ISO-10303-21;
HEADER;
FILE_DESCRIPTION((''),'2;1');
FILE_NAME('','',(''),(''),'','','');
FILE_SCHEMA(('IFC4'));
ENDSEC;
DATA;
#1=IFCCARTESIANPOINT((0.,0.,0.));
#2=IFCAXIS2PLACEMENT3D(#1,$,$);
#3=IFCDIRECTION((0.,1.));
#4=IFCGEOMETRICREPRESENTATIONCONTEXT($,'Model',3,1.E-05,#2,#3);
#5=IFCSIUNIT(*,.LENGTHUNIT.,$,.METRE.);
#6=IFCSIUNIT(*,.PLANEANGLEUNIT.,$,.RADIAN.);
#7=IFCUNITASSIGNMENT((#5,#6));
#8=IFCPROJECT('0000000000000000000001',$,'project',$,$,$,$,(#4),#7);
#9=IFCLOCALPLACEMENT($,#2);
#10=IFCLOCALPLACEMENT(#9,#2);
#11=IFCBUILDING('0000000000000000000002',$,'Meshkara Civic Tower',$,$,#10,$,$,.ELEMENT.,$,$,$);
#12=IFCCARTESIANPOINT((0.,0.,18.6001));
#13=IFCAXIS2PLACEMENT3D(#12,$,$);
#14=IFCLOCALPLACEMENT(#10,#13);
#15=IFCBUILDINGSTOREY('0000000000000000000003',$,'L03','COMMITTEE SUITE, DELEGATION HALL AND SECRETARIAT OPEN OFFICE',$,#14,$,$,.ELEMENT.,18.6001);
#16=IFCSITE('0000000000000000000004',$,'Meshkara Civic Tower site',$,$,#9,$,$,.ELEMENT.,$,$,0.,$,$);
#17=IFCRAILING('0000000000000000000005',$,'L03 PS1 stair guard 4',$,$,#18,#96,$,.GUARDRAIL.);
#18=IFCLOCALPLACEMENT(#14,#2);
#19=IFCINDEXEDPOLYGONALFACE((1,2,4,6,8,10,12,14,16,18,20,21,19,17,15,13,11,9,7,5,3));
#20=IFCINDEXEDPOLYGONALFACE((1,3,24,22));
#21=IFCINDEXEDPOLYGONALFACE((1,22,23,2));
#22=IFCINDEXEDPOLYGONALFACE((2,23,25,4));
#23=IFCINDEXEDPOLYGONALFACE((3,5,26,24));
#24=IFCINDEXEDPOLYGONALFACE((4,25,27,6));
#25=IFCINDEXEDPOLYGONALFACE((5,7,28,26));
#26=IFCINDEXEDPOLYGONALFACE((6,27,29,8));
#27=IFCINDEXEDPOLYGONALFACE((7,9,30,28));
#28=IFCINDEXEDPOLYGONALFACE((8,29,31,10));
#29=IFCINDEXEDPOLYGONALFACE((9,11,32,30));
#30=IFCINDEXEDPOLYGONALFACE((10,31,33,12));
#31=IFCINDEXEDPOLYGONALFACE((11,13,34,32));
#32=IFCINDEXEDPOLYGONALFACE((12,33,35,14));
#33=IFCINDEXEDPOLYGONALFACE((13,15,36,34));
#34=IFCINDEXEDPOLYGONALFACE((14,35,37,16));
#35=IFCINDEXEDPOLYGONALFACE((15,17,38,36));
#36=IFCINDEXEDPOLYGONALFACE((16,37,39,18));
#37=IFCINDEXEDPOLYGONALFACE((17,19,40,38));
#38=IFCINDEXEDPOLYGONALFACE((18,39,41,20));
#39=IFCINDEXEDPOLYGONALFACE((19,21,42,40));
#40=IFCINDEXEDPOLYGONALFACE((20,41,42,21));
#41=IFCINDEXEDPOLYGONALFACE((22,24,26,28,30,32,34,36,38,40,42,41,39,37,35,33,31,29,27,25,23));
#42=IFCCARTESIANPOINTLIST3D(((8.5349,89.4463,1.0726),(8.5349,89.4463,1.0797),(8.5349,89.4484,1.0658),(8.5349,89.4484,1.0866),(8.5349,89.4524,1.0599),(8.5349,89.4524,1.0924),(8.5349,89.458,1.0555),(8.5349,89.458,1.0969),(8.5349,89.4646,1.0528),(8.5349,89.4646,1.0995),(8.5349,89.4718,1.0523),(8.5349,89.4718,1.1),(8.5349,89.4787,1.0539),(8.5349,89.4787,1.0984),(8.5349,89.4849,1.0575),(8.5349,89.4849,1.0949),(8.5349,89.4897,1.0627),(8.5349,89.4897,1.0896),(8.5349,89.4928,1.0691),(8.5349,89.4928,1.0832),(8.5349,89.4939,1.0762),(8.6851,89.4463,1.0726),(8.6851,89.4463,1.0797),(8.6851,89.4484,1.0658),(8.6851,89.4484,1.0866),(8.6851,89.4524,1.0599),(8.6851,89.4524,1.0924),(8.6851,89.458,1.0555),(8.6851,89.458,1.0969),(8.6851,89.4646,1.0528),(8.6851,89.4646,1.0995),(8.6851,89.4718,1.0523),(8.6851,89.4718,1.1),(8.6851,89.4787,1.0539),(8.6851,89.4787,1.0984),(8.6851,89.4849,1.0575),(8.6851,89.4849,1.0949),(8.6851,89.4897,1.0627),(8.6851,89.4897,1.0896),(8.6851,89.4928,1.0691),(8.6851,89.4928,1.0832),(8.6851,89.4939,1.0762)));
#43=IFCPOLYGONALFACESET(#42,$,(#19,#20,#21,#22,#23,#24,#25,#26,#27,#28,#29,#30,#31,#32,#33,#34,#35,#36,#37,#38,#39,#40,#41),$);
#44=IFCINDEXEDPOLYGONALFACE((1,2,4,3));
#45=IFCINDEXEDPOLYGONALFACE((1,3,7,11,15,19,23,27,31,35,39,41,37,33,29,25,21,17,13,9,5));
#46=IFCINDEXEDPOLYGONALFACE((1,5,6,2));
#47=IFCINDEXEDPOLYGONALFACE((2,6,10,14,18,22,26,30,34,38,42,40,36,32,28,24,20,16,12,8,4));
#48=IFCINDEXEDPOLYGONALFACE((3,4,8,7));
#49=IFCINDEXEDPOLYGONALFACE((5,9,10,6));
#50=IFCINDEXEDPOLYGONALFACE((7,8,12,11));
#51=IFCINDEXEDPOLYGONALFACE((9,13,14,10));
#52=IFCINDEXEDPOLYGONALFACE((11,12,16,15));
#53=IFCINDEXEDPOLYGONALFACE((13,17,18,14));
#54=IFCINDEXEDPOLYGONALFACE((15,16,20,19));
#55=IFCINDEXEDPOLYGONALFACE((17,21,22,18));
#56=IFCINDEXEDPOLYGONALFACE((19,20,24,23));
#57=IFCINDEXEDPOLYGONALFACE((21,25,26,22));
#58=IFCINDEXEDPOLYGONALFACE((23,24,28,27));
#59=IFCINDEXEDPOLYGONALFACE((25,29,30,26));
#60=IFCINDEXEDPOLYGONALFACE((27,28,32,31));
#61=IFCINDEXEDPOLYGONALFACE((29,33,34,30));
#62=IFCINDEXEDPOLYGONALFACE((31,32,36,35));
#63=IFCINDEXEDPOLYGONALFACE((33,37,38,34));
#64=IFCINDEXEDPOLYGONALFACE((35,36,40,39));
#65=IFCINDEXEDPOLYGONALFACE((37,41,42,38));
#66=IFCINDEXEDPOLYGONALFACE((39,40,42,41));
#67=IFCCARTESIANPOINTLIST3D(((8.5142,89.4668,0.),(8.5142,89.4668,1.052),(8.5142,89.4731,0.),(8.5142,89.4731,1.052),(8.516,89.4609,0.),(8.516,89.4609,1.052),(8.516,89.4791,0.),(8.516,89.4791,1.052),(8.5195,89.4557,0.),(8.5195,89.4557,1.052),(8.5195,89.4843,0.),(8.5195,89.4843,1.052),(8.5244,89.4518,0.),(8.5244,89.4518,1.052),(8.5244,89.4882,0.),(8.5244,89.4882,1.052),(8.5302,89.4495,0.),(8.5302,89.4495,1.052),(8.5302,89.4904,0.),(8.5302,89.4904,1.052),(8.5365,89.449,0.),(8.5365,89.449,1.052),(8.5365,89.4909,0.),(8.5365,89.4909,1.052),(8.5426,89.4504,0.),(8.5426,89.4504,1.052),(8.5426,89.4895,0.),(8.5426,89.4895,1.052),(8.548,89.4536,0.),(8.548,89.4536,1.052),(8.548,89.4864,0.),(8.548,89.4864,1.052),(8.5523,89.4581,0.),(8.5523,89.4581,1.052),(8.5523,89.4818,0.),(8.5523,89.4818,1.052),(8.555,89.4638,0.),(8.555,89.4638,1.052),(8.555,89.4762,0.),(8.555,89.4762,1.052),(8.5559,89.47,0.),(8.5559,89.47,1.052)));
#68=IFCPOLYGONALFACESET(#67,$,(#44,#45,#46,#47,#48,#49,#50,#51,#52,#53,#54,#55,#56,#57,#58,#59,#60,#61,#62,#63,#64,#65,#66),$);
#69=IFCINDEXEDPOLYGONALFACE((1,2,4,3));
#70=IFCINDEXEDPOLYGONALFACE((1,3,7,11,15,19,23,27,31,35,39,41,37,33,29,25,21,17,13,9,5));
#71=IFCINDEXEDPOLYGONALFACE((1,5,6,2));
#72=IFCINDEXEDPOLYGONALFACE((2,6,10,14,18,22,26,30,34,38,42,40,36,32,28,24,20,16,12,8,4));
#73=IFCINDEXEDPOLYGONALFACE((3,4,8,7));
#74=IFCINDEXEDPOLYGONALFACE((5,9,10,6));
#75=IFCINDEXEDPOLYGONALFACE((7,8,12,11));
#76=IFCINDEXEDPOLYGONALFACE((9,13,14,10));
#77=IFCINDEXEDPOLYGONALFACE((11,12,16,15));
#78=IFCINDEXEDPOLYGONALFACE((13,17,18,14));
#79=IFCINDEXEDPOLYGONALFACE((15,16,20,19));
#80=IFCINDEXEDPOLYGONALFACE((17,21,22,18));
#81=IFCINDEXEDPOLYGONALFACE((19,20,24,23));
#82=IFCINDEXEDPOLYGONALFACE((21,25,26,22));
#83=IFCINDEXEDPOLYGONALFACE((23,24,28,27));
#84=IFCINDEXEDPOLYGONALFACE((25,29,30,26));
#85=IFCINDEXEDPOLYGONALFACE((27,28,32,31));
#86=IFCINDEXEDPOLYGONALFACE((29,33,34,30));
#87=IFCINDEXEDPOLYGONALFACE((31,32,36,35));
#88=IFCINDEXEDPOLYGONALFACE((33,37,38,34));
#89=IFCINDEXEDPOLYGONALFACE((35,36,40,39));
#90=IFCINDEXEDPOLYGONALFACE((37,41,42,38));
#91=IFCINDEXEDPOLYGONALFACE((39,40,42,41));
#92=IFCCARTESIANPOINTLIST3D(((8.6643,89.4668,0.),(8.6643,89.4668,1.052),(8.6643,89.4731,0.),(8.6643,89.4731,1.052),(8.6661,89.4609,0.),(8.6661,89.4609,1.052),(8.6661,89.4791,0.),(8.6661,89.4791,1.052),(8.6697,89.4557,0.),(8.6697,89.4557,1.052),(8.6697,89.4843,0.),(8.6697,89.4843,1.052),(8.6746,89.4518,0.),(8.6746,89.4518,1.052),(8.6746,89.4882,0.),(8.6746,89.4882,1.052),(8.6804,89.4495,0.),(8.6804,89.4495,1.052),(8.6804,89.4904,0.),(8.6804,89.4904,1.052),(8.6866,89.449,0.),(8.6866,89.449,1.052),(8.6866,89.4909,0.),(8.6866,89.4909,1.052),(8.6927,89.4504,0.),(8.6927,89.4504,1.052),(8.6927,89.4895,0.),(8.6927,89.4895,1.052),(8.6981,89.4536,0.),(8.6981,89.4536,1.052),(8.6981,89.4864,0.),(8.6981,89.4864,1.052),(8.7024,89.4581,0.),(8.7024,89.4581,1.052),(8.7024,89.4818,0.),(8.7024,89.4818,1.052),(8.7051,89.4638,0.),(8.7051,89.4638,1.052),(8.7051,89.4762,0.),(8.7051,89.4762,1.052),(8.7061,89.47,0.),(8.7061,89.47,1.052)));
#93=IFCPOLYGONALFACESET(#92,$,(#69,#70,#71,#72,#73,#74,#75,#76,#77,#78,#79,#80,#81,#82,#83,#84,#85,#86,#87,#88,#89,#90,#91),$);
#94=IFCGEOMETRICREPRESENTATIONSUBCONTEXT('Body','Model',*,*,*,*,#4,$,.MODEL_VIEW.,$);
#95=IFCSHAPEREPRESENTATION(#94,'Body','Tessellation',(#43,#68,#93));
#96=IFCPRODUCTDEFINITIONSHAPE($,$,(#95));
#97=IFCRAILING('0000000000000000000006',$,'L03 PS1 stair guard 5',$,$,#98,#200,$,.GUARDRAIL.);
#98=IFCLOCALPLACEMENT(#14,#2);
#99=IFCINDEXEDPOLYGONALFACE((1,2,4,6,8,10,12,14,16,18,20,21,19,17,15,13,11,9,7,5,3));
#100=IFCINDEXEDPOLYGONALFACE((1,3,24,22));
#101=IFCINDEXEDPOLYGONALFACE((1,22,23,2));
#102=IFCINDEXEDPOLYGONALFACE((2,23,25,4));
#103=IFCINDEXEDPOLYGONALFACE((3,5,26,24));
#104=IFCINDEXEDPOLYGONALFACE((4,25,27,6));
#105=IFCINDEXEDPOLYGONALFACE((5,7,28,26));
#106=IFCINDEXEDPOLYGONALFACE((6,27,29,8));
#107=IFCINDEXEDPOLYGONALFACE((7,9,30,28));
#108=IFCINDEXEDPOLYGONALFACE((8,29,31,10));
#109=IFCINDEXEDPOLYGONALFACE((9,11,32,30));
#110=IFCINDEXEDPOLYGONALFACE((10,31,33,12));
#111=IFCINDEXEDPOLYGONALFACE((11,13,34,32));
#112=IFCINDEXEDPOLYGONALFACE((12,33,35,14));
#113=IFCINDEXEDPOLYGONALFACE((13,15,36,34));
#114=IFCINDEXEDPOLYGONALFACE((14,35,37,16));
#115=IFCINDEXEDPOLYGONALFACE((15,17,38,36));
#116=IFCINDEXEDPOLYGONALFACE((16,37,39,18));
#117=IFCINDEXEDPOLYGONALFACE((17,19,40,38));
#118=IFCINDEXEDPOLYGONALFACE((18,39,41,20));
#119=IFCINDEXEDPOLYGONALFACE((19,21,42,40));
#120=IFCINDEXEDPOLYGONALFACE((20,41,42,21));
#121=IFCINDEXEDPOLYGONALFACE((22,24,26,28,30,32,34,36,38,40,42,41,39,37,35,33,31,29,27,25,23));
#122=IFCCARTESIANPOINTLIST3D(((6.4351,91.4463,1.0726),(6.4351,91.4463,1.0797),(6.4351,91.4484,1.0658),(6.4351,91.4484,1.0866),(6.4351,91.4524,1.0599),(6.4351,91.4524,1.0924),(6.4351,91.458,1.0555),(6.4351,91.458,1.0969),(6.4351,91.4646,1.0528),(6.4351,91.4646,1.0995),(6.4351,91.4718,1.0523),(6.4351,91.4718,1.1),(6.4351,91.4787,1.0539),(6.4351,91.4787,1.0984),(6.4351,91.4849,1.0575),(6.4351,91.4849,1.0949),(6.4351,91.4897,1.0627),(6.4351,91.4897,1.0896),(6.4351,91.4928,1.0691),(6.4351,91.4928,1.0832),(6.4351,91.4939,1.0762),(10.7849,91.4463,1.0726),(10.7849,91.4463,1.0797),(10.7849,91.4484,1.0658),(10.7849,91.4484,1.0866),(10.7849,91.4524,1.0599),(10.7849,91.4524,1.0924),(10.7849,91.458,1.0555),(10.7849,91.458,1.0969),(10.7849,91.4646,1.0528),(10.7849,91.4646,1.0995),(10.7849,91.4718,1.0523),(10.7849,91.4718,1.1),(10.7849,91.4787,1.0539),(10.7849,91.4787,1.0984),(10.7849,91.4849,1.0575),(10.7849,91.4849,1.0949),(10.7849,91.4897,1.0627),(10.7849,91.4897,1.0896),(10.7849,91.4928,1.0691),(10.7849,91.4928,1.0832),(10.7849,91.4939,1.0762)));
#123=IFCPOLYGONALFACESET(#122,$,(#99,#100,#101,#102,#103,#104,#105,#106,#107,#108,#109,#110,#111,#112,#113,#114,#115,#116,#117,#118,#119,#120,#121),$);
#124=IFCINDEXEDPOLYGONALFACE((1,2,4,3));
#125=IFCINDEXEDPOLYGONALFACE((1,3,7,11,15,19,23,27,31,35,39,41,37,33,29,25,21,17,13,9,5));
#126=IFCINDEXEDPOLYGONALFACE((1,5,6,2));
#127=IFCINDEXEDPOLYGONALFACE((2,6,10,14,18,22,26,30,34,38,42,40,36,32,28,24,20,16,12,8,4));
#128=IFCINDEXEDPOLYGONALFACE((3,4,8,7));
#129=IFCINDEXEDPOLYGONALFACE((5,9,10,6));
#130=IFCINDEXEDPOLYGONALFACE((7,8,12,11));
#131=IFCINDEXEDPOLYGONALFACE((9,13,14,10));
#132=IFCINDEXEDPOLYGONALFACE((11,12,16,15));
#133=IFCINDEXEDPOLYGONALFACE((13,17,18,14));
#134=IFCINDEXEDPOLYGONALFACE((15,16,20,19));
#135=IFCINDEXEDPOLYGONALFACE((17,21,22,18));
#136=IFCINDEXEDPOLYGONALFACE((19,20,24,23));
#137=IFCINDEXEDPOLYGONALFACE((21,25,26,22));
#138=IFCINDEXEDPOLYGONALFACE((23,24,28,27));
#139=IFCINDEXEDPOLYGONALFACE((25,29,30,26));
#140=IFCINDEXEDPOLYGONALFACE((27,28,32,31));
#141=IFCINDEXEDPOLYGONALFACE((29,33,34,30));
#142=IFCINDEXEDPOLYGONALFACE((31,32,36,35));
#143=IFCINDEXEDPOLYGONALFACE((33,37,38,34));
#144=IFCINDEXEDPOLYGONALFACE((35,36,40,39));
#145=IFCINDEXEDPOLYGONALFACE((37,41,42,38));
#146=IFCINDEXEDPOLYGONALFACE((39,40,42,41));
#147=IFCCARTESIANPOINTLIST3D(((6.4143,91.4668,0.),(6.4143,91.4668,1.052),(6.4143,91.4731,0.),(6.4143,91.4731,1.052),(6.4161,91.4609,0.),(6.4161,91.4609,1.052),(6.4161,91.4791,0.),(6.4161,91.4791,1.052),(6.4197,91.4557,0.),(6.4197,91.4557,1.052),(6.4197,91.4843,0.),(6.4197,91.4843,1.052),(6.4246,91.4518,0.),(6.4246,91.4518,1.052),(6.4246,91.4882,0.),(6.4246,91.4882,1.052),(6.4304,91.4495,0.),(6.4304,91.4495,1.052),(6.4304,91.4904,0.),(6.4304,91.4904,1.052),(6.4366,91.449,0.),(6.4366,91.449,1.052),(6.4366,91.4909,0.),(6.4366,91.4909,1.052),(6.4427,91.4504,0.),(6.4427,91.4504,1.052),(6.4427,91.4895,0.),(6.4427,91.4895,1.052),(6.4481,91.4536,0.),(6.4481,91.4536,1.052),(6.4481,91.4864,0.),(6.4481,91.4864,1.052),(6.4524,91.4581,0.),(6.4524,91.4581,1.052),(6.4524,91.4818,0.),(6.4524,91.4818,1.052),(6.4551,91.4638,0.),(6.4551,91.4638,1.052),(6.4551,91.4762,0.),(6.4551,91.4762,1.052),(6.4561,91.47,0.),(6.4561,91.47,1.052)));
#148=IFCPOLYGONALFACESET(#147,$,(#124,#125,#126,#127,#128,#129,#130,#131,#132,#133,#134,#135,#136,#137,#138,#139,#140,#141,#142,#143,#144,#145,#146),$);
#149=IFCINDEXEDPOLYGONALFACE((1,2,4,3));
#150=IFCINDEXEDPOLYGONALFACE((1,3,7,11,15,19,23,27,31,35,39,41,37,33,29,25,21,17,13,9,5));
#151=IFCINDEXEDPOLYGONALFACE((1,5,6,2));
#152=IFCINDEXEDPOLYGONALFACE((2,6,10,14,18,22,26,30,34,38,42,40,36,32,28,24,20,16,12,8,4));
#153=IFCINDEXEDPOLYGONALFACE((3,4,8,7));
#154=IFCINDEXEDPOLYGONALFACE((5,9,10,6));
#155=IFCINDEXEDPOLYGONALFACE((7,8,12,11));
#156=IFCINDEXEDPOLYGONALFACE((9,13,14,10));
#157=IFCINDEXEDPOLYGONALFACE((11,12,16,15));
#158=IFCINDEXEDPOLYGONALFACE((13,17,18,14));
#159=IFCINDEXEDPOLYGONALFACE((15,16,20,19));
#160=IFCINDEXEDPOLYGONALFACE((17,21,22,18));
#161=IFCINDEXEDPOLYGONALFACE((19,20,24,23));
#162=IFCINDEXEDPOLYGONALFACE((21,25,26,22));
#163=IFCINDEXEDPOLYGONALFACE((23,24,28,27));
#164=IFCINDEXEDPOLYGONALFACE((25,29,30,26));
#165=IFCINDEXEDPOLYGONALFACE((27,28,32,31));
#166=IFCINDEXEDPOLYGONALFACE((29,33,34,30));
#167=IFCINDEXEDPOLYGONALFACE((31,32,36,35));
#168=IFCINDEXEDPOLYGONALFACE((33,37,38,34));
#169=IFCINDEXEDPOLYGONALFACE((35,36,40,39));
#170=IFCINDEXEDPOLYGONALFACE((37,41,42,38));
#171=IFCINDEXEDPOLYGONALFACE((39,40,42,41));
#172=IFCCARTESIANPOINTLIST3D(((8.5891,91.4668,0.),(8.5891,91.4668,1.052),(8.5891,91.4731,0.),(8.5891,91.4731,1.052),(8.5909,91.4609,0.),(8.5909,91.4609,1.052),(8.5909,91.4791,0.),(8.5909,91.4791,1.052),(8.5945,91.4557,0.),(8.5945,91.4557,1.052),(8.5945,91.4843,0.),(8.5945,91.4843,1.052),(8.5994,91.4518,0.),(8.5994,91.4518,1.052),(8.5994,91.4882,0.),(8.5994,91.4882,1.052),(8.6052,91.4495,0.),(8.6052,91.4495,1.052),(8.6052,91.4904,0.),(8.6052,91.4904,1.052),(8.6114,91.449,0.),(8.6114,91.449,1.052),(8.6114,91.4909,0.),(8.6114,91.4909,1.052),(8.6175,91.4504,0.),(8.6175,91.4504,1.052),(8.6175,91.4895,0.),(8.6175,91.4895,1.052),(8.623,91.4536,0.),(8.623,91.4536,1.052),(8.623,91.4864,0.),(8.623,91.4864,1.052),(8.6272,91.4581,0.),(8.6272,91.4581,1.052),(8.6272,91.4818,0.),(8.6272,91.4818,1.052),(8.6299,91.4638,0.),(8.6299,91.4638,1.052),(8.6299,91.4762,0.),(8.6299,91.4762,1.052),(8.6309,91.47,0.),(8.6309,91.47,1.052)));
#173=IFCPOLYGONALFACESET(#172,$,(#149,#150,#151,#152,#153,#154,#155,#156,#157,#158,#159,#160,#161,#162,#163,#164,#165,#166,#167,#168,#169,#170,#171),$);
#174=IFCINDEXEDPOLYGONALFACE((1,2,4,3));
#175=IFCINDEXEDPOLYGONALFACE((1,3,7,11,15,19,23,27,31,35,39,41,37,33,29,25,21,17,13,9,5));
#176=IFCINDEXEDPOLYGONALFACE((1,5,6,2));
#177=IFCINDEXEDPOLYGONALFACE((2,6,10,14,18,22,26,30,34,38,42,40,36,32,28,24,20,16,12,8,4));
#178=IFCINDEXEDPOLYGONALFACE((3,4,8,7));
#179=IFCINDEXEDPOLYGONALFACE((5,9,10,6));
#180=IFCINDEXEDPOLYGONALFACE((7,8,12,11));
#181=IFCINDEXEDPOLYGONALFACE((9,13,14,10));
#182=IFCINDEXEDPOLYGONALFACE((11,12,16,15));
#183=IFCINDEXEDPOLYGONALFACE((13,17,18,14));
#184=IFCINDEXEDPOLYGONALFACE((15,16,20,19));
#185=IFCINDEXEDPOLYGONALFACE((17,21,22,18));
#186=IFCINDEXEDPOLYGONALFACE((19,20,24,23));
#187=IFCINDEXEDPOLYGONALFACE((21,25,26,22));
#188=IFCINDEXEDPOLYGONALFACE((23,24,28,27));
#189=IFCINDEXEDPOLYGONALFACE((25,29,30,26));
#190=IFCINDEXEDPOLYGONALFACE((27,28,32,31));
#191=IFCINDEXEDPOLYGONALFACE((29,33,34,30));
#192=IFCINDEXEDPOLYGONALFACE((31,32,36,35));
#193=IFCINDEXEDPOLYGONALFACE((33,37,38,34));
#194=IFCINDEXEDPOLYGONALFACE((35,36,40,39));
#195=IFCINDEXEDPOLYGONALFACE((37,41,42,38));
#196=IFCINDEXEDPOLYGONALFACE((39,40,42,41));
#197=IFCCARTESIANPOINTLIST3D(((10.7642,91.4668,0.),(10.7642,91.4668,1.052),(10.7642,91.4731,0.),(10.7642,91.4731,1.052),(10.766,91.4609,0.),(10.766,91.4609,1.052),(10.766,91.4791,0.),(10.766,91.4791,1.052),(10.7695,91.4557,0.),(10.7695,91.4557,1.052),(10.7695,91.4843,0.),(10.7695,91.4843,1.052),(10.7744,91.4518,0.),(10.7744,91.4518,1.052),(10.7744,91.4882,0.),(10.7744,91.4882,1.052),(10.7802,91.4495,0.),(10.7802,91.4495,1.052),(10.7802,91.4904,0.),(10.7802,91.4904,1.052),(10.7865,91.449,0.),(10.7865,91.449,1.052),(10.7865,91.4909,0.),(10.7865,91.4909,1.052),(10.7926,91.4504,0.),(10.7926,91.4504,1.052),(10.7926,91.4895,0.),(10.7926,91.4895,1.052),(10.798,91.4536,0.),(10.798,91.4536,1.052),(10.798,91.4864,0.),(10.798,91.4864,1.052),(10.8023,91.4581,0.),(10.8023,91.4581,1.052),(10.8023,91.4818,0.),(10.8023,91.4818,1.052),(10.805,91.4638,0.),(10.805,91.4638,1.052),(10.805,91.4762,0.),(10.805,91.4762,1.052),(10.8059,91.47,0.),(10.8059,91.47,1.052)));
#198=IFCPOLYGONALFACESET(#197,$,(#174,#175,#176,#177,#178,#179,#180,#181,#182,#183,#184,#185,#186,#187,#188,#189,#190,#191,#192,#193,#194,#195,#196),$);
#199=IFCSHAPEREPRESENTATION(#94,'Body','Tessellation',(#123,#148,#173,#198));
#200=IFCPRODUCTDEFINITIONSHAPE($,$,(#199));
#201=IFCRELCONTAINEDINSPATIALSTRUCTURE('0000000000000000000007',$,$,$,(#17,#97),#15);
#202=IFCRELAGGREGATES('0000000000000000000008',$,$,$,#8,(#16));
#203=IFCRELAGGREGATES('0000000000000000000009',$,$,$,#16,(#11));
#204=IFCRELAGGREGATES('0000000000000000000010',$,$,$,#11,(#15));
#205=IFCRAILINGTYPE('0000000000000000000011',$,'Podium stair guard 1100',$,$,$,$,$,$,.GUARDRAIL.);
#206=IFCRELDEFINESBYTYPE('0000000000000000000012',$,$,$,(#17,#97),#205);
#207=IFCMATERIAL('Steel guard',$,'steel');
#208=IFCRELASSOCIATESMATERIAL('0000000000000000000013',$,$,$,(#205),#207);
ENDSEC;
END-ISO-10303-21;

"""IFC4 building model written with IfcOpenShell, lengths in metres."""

from ifc_helpers import new_model, si_unit, direction, frame, origin, origin_2d, place, context, subcontext, project, spatial, circle, extrude, material, type_object, element, save


model = new_model("IFC4")

# Units and contexts
model_context = context("Model", 3, precision=1e-05, world=origin(), true_north=direction((0.0, 1.0)))
body_context = subcontext(model_context, "Body", "Model", "MODEL_VIEW")
ifc_project = project(units=[si_unit("LENGTHUNIT", "METRE"), si_unit("PLANEANGLEUNIT", "RADIAN")], contexts=[model_context])

# Site, building, storey
site_placement = place(None, origin())
site = spatial("IfcSite", under=ifc_project, at=site_placement, Name="Meshkara Civic Tower site", CompositionType="ELEMENT", RefElevation=0.0)
building_placement = place(site_placement, origin())
building = spatial("IfcBuilding", under=site, at=building_placement, Name="Meshkara Civic Tower", CompositionType="ELEMENT")
storey_placement = place(building_placement, frame((0.0, 0.0, 18.6001)))
storey = spatial("IfcBuildingStorey", under=building, at=storey_placement, Name="L03", Description="COMMITTEE SUITE, DELEGATION HALL AND SECRETARIAT OPEN OFFICE", CompositionType="ELEMENT", Elevation=18.6001)

# Railings
ifc_material_1 = material(Name="Steel guard", Category="steel")
railing_type_1 = type_object("IfcRailingType", Name="Podium stair guard 1100", PredefinedType="GUARDRAIL", material=ifc_material_1)
railing_1_placement = place(storey_placement, frame((8.5349, 89.47, 0.0)))
element("IfcRailing", 1, at=railing_1_placement, inside=storey, type_object=railing_type_1, Name="L03 PS1 stair guard 4", PredefinedType="GUARDRAIL", context=body_context, shape_type="SweptSolid", body=[
    extrude(circle(Radius=0.0239, at=origin_2d()), frame((0.0, 0.0, 1.0762), z_axis=(1.0, 0.0, 0.0), x_axis=(0.0, 1.0, 0.0)), (0.0, 0.0, 1.0), 0.1501),
    extrude(circle(Radius=0.021, at=origin_2d()), origin(), (0.0, 0.0, 1.0), 1.052),
    extrude(circle(Radius=0.021, at=origin_2d()), frame((0.1501, 0.0, 0.0)), (0.0, 0.0, 1.0), 1.052),
])
railing_2_placement = place(storey_placement, frame((6.4351, 91.47, 0.0)))
element("IfcRailing", 2, at=railing_2_placement, inside=storey, type_object=railing_type_1, Name="L03 PS1 stair guard 5", PredefinedType="GUARDRAIL", context=body_context, shape_type="SweptSolid", body=[
    extrude(circle(Radius=0.0239, at=origin_2d()), frame((0.0, 0.0, 1.0762), z_axis=(1.0, 0.0, 0.0), x_axis=(0.0, 1.0, 0.0)), (0.0, 0.0, 1.0), 4.3499),
    extrude(circle(Radius=0.021, at=origin_2d()), origin(), (0.0, 0.0, 1.0), 1.052),
    extrude(circle(Radius=0.021, at=origin_2d()), frame((2.1748, 0.0, 0.0)), (0.0, 0.0, 1.0), 1.052),
    extrude(circle(Radius=0.021, at=origin_2d()), frame((4.3499, 0.0, 0.0)), (0.0, 0.0, 1.0), 1.052),
])

save(model, "model.ifc")
